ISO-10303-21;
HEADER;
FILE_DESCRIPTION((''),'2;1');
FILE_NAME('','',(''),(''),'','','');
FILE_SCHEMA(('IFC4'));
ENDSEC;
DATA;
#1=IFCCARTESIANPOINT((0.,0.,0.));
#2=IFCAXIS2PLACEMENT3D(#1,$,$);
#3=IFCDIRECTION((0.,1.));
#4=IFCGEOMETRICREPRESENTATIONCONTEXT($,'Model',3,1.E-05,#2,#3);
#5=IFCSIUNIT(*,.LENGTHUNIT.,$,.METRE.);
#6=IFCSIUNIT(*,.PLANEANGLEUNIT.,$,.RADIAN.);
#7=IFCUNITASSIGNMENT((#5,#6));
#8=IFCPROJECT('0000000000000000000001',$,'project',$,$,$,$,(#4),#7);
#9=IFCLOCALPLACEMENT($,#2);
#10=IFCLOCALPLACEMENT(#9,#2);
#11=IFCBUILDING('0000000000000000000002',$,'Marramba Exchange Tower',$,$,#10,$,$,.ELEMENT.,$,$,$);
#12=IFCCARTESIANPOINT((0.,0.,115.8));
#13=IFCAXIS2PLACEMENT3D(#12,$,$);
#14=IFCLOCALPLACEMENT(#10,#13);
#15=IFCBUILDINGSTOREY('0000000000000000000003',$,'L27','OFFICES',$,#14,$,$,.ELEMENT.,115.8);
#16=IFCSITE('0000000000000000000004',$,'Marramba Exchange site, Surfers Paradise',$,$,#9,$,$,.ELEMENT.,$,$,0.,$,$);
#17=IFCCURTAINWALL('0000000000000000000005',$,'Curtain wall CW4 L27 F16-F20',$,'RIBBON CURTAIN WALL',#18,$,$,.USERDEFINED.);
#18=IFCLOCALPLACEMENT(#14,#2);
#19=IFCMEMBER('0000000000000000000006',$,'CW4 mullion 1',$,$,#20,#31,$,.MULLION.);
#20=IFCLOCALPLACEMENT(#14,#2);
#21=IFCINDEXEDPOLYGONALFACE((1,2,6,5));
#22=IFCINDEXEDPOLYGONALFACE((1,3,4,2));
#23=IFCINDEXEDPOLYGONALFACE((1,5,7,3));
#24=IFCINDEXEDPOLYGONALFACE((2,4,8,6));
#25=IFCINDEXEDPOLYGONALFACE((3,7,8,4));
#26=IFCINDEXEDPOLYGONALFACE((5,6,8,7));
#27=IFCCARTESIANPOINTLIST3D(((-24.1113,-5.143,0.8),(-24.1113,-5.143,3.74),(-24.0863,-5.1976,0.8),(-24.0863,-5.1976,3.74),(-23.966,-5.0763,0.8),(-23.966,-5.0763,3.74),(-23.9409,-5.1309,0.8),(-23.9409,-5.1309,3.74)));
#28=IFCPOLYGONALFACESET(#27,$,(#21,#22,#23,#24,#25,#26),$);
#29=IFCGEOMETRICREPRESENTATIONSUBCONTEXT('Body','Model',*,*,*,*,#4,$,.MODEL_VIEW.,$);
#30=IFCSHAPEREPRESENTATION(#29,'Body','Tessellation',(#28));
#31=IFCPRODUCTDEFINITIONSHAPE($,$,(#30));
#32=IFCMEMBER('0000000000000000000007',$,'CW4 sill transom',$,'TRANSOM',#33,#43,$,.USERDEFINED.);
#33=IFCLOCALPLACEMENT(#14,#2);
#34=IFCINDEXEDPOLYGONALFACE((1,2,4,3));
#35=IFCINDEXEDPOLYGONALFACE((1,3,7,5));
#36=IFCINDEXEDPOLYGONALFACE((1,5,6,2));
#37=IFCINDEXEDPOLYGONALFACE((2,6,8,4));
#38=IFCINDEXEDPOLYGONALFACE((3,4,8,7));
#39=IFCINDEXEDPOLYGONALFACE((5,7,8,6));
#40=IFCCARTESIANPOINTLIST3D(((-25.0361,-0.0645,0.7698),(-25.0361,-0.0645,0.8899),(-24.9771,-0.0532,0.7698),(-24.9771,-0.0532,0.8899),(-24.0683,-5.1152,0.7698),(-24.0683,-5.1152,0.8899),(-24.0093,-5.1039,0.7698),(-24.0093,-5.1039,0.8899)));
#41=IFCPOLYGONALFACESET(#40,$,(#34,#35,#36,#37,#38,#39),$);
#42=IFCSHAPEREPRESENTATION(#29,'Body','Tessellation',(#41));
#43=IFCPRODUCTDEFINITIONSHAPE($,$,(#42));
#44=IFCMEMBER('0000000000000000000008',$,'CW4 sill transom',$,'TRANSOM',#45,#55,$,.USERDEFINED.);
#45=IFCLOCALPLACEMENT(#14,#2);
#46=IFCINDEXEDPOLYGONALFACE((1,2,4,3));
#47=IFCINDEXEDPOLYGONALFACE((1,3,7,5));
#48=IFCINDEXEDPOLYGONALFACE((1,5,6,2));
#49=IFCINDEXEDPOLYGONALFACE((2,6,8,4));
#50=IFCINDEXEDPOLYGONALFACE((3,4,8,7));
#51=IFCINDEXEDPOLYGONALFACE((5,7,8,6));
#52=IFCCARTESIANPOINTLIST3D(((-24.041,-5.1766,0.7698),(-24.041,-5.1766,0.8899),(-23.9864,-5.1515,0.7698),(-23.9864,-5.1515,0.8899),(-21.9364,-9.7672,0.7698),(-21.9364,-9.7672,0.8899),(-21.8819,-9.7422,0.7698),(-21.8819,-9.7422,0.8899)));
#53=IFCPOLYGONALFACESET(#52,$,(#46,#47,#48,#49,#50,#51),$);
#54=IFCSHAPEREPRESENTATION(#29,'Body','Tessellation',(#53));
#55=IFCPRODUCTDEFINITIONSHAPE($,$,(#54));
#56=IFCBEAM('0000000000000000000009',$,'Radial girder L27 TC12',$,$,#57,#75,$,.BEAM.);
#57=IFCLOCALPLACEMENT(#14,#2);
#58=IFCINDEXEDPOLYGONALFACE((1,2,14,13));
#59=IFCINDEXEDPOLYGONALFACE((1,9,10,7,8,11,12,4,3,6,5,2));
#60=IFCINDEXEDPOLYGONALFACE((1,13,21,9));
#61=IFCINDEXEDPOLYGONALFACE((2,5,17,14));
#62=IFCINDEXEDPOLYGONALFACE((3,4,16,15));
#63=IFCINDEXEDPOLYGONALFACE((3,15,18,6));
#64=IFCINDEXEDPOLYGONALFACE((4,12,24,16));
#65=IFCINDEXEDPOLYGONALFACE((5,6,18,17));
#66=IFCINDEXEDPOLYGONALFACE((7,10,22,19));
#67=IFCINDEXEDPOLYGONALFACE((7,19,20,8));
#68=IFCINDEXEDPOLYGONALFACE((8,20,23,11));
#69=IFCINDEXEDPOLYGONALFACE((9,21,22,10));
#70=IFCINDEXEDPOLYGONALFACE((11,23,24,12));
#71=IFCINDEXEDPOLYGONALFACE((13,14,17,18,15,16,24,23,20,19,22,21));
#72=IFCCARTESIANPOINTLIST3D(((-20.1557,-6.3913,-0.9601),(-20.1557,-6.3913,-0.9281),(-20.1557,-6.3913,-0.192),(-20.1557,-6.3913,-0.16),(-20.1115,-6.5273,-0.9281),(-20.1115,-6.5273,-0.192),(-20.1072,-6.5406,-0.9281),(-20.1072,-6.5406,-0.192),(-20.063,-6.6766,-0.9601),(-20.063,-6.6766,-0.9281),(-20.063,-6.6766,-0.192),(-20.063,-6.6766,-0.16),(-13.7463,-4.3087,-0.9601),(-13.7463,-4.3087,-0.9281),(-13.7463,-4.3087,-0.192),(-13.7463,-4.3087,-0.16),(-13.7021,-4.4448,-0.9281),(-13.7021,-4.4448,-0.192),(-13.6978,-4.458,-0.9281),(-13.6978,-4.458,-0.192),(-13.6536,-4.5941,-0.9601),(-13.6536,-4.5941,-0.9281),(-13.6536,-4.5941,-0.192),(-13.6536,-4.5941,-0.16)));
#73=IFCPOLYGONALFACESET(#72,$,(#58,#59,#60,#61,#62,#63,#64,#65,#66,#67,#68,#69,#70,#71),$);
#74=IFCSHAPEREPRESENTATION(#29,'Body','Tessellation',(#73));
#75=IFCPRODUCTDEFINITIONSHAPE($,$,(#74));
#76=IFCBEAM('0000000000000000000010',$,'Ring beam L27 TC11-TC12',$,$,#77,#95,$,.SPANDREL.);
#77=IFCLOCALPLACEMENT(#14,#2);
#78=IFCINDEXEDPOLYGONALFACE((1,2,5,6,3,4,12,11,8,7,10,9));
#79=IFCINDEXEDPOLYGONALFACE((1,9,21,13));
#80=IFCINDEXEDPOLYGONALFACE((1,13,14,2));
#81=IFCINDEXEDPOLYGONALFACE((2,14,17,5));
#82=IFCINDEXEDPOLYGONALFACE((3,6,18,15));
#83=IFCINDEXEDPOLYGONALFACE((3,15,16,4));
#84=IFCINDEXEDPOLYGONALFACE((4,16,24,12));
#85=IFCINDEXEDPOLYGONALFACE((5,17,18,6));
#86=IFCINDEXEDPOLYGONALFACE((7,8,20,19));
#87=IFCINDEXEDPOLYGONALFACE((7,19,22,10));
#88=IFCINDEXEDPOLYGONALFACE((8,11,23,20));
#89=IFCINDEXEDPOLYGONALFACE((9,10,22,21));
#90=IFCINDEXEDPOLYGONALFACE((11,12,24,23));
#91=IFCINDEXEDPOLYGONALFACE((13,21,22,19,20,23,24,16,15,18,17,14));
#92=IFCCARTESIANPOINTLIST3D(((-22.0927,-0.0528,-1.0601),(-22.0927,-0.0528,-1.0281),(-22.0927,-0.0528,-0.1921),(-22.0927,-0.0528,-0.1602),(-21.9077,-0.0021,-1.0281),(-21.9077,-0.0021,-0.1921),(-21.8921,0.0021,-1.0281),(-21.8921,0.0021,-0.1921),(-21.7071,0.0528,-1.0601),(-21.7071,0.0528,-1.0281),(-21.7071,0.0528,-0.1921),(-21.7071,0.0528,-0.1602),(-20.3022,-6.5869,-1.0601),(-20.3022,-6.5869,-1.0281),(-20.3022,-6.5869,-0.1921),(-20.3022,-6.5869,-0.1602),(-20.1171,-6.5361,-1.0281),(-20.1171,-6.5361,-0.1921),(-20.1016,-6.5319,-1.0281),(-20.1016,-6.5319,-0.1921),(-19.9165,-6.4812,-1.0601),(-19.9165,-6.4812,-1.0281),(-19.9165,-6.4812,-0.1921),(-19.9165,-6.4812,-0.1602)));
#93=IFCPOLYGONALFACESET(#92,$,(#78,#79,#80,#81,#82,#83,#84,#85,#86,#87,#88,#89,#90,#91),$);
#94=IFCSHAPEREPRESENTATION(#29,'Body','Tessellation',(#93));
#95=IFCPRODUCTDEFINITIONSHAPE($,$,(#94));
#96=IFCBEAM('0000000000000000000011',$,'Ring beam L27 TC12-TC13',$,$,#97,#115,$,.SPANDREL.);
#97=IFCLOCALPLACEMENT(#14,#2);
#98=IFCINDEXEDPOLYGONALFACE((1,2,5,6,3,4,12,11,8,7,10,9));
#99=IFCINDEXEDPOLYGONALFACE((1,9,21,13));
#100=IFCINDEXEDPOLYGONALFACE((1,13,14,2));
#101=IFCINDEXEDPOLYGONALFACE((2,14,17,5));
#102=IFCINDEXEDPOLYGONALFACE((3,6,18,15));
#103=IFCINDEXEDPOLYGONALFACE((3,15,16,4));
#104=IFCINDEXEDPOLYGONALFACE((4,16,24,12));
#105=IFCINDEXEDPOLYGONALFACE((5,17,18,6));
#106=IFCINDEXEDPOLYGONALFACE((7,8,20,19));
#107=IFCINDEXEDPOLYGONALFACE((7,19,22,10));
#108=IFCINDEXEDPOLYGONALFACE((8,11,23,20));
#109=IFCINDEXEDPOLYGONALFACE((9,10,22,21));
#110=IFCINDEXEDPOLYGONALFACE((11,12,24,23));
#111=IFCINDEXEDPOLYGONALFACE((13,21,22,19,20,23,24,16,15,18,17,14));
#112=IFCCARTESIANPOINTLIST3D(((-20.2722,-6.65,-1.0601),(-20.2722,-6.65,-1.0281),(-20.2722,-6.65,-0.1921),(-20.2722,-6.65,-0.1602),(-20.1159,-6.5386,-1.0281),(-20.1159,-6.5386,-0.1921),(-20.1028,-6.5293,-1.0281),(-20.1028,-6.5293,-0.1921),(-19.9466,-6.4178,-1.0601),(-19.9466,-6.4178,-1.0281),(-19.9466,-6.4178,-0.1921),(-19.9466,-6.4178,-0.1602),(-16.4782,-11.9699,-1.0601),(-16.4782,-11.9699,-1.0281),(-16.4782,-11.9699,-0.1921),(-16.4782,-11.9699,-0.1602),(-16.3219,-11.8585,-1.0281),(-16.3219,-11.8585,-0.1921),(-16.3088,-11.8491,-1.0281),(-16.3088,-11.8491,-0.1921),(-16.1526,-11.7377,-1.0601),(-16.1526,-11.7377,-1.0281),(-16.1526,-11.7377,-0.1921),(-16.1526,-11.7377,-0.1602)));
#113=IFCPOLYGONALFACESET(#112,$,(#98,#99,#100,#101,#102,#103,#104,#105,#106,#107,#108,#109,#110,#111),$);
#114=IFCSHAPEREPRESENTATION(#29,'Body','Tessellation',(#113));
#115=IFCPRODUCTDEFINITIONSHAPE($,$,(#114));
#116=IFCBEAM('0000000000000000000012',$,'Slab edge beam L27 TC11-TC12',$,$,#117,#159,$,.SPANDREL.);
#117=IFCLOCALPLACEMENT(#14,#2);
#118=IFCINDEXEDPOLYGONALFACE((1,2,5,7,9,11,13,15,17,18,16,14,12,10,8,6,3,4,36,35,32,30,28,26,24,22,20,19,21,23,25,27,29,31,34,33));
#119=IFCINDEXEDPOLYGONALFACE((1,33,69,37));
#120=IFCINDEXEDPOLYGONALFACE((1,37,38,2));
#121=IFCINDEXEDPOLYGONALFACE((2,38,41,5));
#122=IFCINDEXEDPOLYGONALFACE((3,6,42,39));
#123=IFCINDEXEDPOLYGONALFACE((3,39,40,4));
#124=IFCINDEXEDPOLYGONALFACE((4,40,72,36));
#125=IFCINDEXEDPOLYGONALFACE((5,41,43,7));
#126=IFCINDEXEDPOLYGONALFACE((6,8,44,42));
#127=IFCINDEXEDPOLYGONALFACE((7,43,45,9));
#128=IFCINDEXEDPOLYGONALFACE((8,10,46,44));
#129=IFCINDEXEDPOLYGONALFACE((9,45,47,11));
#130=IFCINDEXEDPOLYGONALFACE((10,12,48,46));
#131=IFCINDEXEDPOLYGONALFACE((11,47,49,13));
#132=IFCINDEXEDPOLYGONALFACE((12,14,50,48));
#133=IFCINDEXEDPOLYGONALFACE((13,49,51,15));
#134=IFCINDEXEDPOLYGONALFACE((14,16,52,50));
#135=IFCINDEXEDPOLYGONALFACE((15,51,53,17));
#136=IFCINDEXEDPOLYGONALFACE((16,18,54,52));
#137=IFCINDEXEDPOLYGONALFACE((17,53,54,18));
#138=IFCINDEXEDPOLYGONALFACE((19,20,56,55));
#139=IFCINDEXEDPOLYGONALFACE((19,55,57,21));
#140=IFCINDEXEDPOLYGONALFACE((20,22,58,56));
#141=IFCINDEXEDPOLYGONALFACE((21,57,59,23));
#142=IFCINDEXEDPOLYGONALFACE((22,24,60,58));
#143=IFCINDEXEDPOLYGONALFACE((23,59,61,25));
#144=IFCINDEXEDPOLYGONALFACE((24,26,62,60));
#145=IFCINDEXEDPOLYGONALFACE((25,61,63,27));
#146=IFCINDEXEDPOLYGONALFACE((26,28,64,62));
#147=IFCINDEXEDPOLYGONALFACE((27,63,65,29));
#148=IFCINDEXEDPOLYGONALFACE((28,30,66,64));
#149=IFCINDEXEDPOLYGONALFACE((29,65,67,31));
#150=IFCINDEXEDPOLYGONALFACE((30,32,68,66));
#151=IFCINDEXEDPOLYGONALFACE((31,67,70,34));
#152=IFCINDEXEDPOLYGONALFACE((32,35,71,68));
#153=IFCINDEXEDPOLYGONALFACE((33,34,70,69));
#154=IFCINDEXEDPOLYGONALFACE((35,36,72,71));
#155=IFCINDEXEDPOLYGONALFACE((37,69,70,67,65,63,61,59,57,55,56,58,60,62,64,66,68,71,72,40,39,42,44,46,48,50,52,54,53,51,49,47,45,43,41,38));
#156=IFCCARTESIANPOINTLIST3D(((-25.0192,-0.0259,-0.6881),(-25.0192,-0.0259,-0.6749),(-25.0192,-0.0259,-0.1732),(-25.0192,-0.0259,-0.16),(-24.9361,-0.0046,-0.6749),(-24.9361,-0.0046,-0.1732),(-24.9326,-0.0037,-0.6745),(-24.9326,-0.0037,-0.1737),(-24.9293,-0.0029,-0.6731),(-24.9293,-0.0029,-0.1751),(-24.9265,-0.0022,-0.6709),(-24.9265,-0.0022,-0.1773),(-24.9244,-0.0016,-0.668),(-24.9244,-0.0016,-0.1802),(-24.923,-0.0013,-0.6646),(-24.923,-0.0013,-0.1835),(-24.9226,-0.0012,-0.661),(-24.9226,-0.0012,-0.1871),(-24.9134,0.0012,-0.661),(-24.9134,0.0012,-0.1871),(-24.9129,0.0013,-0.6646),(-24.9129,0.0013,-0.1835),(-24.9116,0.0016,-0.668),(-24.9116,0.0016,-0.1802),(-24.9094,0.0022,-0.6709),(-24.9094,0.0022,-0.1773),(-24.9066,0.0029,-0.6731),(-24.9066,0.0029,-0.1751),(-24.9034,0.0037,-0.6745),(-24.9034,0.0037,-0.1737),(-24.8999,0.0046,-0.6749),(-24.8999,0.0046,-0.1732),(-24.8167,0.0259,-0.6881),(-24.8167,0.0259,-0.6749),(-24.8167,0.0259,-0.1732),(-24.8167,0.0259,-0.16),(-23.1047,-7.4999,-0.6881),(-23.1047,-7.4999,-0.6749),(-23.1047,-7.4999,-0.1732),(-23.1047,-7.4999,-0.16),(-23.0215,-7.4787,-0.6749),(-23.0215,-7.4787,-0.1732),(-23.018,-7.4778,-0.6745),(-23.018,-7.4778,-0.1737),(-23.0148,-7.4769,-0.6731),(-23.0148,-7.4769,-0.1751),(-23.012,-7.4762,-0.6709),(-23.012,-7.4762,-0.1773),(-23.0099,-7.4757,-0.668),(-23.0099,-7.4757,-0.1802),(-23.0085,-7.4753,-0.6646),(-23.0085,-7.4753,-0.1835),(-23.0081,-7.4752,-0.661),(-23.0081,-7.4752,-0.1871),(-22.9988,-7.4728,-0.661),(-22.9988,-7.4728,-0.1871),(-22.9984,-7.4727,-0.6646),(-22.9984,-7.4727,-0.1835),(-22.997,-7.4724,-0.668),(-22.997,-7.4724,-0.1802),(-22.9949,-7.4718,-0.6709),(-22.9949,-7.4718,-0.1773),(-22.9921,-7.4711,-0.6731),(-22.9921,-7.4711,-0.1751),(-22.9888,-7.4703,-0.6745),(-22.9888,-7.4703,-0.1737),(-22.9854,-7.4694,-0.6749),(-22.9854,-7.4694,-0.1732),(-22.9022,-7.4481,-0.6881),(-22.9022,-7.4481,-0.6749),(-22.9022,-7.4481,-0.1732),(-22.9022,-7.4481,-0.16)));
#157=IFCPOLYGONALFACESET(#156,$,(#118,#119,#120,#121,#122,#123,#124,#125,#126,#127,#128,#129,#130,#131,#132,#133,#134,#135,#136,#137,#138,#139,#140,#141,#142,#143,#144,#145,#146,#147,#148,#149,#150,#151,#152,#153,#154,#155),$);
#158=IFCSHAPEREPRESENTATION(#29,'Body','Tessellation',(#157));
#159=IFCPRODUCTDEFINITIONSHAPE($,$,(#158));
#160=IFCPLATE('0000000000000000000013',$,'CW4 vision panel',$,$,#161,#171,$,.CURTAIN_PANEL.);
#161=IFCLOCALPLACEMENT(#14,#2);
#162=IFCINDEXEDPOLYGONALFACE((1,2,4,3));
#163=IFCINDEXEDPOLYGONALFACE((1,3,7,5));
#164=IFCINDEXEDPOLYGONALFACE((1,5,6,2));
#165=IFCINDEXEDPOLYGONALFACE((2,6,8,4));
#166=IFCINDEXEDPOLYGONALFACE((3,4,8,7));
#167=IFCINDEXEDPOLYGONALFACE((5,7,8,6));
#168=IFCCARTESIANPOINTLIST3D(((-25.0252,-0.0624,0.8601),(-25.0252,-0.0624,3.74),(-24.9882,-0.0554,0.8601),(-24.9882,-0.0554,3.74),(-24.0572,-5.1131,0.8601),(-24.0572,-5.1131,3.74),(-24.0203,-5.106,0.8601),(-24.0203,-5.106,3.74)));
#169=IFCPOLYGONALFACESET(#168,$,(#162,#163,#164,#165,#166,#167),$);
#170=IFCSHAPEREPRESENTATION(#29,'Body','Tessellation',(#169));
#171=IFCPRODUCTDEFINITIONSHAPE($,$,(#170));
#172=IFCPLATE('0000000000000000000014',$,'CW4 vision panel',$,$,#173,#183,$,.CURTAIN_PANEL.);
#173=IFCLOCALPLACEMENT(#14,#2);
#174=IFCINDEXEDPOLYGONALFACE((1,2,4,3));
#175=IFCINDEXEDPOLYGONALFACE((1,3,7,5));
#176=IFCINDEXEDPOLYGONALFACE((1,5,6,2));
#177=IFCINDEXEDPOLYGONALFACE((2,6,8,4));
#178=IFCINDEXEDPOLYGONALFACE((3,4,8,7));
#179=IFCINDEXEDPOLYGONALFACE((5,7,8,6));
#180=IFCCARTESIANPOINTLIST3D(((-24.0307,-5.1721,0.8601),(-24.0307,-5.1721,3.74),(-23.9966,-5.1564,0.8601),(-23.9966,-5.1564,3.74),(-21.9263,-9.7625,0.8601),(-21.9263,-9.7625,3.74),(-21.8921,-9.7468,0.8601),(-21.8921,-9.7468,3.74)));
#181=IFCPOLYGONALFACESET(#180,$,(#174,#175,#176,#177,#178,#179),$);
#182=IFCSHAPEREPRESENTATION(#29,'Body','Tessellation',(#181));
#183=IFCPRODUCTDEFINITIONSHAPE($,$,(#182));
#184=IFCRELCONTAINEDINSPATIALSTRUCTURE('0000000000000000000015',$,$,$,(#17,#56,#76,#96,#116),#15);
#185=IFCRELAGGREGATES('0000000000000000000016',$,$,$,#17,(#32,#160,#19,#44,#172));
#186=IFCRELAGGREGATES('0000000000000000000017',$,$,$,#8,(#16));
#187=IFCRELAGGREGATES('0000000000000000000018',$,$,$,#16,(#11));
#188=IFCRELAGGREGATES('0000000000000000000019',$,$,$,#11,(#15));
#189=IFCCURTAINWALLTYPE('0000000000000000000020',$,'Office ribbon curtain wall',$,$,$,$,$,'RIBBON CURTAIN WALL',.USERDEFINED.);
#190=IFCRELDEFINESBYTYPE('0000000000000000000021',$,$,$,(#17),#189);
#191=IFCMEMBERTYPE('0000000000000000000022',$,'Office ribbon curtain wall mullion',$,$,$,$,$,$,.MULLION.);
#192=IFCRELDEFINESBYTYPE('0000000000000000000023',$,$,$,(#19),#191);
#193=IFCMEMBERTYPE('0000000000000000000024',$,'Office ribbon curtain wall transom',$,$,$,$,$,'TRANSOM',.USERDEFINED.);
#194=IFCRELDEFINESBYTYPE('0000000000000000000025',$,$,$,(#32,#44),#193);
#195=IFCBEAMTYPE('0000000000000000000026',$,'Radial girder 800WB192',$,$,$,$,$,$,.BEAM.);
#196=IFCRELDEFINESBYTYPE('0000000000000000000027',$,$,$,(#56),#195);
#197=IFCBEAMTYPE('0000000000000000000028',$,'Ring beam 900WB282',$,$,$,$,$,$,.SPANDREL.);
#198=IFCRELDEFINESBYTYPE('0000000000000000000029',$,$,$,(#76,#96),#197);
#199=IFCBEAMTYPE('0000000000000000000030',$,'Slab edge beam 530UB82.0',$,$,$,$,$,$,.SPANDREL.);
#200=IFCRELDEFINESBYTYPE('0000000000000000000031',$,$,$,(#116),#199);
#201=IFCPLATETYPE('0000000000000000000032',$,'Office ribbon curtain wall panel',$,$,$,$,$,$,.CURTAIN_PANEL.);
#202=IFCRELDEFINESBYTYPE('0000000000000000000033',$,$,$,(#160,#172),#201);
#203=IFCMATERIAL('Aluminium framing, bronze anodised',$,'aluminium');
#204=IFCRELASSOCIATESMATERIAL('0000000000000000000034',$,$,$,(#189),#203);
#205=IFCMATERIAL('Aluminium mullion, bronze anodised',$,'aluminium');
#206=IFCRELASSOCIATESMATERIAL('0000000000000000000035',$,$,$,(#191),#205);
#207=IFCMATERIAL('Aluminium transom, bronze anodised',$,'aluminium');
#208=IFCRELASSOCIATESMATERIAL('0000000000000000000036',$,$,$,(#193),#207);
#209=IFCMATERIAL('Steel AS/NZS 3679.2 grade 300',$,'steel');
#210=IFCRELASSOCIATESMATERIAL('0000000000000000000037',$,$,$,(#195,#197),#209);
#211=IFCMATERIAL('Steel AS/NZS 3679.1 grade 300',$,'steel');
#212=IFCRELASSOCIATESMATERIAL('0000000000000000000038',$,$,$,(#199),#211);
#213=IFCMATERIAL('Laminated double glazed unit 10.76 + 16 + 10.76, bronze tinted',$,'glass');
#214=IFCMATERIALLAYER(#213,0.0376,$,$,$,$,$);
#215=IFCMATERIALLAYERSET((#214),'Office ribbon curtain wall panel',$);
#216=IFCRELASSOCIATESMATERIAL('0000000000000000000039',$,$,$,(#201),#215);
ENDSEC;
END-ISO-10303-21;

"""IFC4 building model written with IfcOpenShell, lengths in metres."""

from ifc_helpers import new_model, si_unit, direction, frame, origin, origin_2d, place, context, subcontext, project, spatial, rectangle, i_section, extrude, material, layer, layer_set, material_profile, profile_set, type_object, element, aggregate, save


model = new_model("IFC4")

# Units and contexts
model_context = context("Model", 3, precision=1e-05, world=origin(), true_north=direction((0.0, 1.0)))
body_context = subcontext(model_context, "Body", "Model", "MODEL_VIEW")
ifc_project = project(units=[si_unit("LENGTHUNIT", "METRE"), si_unit("PLANEANGLEUNIT", "RADIAN")], contexts=[model_context])

# Site, building, storey
site_placement = place(None, origin())
site = spatial("IfcSite", under=ifc_project, at=site_placement, Name="Marramba Exchange site, Surfers Paradise", CompositionType="ELEMENT", RefElevation=0.0)
building_placement = place(site_placement, origin())
building = spatial("IfcBuilding", under=site, at=building_placement, Name="Marramba Exchange Tower", CompositionType="ELEMENT")
storey_placement = place(building_placement, frame((0.0, 0.0, 115.8)))
storey = spatial("IfcBuildingStorey", under=building, at=storey_placement, Name="L27", Description="OFFICES", CompositionType="ELEMENT", Elevation=115.8)

# Shared definitions
ifc_material_1 = material(Name="Steel AS/NZS 3679.2 grade 300", Category="steel")
ifc_material_2 = material(Name="Steel AS/NZS 3679.1 grade 300", Category="steel")

# Curtain wall, members
ifc_material_3 = material(Name="Aluminium framing, bronze anodised", Category="aluminium")
curtain_wall_type = type_object("IfcCurtainWallType", Name="Office ribbon curtain wall", ElementType="RIBBON CURTAIN WALL", PredefinedType="USERDEFINED", material=ifc_material_3)
curtain_wall_placement = place(storey_placement, origin())
curtain_wall = element("IfcCurtainWall", 1, at=curtain_wall_placement, inside=storey, type_object=curtain_wall_type, Name="Curtain wall CW4 L27 F16-F20", ObjectType="RIBBON CURTAIN WALL", PredefinedType="USERDEFINED")
ifc_material_4 = material(Name="Aluminium mullion, bronze anodised", Category="aluminium")
ifc_material_profile_1 = material_profile(ifc_material_4, rectangle(XDim=0.1599, YDim=0.0601, at=origin_2d()), Name="CW4 mullion 60x160")
ifc_profile_set_1 = profile_set([ifc_material_profile_1], Name="Aluminium mullion, bronze anodised")
member_type_1 = type_object("IfcMemberType", Name="Office ribbon curtain wall mullion", PredefinedType="MULLION", material=ifc_profile_set_1)
member_1_placement = place(storey_placement, frame((-24.0261, -5.137, 0.8), z_axis=(0.0, 0.0, 1.0), x_axis=(0.909027, 0.416738, 0.0)))
member_1 = element("IfcMember", 2, at=member_1_placement, type_object=member_type_1, Name="CW4 mullion 1", PredefinedType="MULLION", context=body_context, shape_type="SweptSolid", body=[
    extrude(rectangle(XDim=0.1599, YDim=0.0601, at=origin_2d()), origin(), (0.0, 0.0, 1.0), 2.9399),
])
ifc_material_5 = material(Name="Aluminium transom, bronze anodised", Category="aluminium")
ifc_material_profile_2 = material_profile(ifc_material_5, rectangle(XDim=0.0601, YDim=0.1201, at=origin_2d()), Name="CW4 transom 60x120")
ifc_profile_set_2 = profile_set([ifc_material_profile_2], Name="Aluminium transom, bronze anodised")
member_type_2 = type_object("IfcMemberType", Name="Office ribbon curtain wall transom", ElementType="TRANSOM", PredefinedType="USERDEFINED", material=ifc_profile_set_2)
member_2_placement = place(storey_placement, frame((-25.0066, -0.0588, 0.8298), z_axis=(0.188185, -0.982134, 0.0), x_axis=(0.982134, 0.188185, 0.0)))
member_2 = element("IfcMember", 3, at=member_2_placement, type_object=member_type_2, Name="CW4 sill transom", ObjectType="TRANSOM", PredefinedType="USERDEFINED", context=body_context, shape_type="SweptSolid", body=[
    extrude(rectangle(XDim=0.0601, YDim=0.1201, at=origin_2d()), origin(), (0.0, 0.0, 1.0), 5.1426),
])
member_3_placement = place(storey_placement, frame((-24.0137, -5.1641, 0.8298), z_axis=(0.416733, -0.909029, 0.0), x_axis=(0.909029, 0.416733, 0.0)))
member_3 = element("IfcMember", 4, at=member_3_placement, type_object=member_type_2, Name="CW4 sill transom", ObjectType="TRANSOM", PredefinedType="USERDEFINED", context=body_context, shape_type="SweptSolid", body=[
    extrude(rectangle(XDim=0.0601, YDim=0.1201, at=origin_2d()), origin(), (0.0, 0.0, 1.0), 5.05),
])

# Beams
ifc_material_profile_3 = material_profile(ifc_material_1, i_section(OverallWidth=0.3, OverallDepth=0.8, WebThickness=0.0139, FlangeThickness=0.032, at=origin_2d()), Name="800WB192")
ifc_profile_set_3 = profile_set([ifc_material_profile_3], Name="Steel AS/NZS 3679.2 grade 300")
beam_type_1 = type_object("IfcBeamType", Name="Radial girder 800WB192", PredefinedType="BEAM", material=ifc_profile_set_3)
beam_1_placement = place(storey_placement, frame((-13.7, -4.4514, -0.5601), z_axis=(-0.951058, -0.309013, 0.0), x_axis=(0.309013, -0.951058, 0.0)))
element("IfcBeam", 5, at=beam_1_placement, inside=storey, type_object=beam_type_1, Name="Radial girder L27 TC12", PredefinedType="BEAM", context=body_context, shape_type="SweptSolid", body=[
    extrude(i_section(OverallWidth=0.3, OverallDepth=0.8, WebThickness=0.0139, FlangeThickness=0.032, at=origin_2d()), origin(), (0.0, 0.0, 1.0), 6.7393),
])
ifc_material_profile_4 = material_profile(ifc_material_1, i_section(OverallWidth=0.3999, OverallDepth=0.8999, WebThickness=0.0161, FlangeThickness=0.032, at=origin_2d()), Name="900WB282")
ifc_profile_set_4 = profile_set([ifc_material_profile_4], Name="Steel AS/NZS 3679.2 grade 300")
beam_type_2 = type_object("IfcBeamType", Name="Ring beam 900WB282", PredefinedType="SPANDREL", material=ifc_profile_set_4)
beam_2_placement = place(storey_placement, frame((-21.8999, 0.0, -0.6101), z_axis=(0.264291, -0.964443, 0.0), x_axis=(0.964443, 0.264291, 0.0)))
element("IfcBeam", 6, at=beam_2_placement, inside=storey, type_object=beam_type_2, Name="Ring beam L27 TC11-TC12", PredefinedType="SPANDREL", context=body_context, shape_type="SweptSolid", body=[
    extrude(i_section(OverallWidth=0.3999, OverallDepth=0.8999, WebThickness=0.0161, FlangeThickness=0.032, at=origin_2d()), origin(), (0.0, 0.0, 1.0), 6.7749),
])
beam_3_placement = place(storey_placement, frame((-20.1094, -6.5339, -0.6101), z_axis=(0.580637, -0.814162, 0.0), x_axis=(0.814162, 0.580637, 0.0)))
element("IfcBeam", 7, at=beam_3_placement, inside=storey, type_object=beam_type_2, Name="Ring beam L27 TC12-TC13", PredefinedType="SPANDREL", context=body_context, shape_type="SweptSolid", body=[
    extrude(i_section(OverallWidth=0.3999, OverallDepth=0.8999, WebThickness=0.0161, FlangeThickness=0.032, at=origin_2d()), origin(), (0.0, 0.0, 1.0), 6.5342),
])
ifc_material_profile_5 = material_profile(ifc_material_2, i_section(OverallWidth=0.209, OverallDepth=0.5281, WebThickness=0.0095, FlangeThickness=0.0132, FilletRadius=0.0139, at=origin_2d()), Name="530UB82.0")
ifc_profile_set_5 = profile_set([ifc_material_profile_5], Name="Steel AS/NZS 3679.1 grade 300")
beam_type_3 = type_object("IfcBeamType", Name="Slab edge beam 530UB82.0", PredefinedType="SPANDREL", material=ifc_profile_set_5)
beam_4_placement = place(storey_placement, frame((-24.918, 0.0, -0.4241), z_axis=(0.248145, -0.968723, 0.0), x_axis=(0.968723, 0.248145, 0.0)))
element("IfcBeam", 8, at=beam_4_placement, inside=storey, type_object=beam_type_3, Name="Slab edge beam L27 TC11-TC12", PredefinedType="SPANDREL", context=body_context, shape_type="SweptSolid", body=[
    extrude(i_section(OverallWidth=0.209, OverallDepth=0.5281, WebThickness=0.0095, FlangeThickness=0.0132, FilletRadius=0.0139, at=origin_2d()), origin(), (0.0, 0.0, 1.0), 7.7153),
])

# Plates
ifc_material_6 = material(Name="Laminated double glazed unit 10.76 + 16 + 10.76, bronze tinted", Category="glass")
ifc_layer_1 = layer(ifc_material_6, 0.0376)
ifc_layer_set_1 = layer_set([ifc_layer_1], Name="Office ribbon curtain wall panel")
plate_type = type_object("IfcPlateType", Name="Office ribbon curtain wall panel", PredefinedType="CURTAIN_PANEL", material=ifc_layer_set_1)
plate_1_placement = place(storey_placement, frame((-24.5227, -2.5842, 0.8601), z_axis=(0.0, 0.0, 1.0), x_axis=(0.188227, -0.982126, 0.0)))
plate_1 = element("IfcPlate", 9, at=plate_1_placement, type_object=plate_type, Name="CW4 vision panel", PredefinedType="CURTAIN_PANEL", context=body_context, shape_type="SweptSolid", body=[
    extrude(rectangle(XDim=5.1426, YDim=0.0376, at=origin_2d()), origin(), (0.0, 0.0, 1.0), 2.8799),
])
plate_2_placement = place(storey_placement, frame((-22.9614, -7.4595, 0.8601), z_axis=(0.0, 0.0, 1.0), x_axis=(0.416738, -0.909027, 0.0)))
plate_2 = element("IfcPlate", 10, at=plate_2_placement, type_object=plate_type, Name="CW4 vision panel", PredefinedType="CURTAIN_PANEL", context=body_context, shape_type="SweptSolid", body=[
    extrude(rectangle(XDim=5.0498, YDim=0.0376, at=origin_2d()), origin(), (0.0, 0.0, 1.0), 2.8799),
])
aggregate(curtain_wall, [member_2, plate_1, member_1, member_3, plate_2])

save(model, "model.ifc")
